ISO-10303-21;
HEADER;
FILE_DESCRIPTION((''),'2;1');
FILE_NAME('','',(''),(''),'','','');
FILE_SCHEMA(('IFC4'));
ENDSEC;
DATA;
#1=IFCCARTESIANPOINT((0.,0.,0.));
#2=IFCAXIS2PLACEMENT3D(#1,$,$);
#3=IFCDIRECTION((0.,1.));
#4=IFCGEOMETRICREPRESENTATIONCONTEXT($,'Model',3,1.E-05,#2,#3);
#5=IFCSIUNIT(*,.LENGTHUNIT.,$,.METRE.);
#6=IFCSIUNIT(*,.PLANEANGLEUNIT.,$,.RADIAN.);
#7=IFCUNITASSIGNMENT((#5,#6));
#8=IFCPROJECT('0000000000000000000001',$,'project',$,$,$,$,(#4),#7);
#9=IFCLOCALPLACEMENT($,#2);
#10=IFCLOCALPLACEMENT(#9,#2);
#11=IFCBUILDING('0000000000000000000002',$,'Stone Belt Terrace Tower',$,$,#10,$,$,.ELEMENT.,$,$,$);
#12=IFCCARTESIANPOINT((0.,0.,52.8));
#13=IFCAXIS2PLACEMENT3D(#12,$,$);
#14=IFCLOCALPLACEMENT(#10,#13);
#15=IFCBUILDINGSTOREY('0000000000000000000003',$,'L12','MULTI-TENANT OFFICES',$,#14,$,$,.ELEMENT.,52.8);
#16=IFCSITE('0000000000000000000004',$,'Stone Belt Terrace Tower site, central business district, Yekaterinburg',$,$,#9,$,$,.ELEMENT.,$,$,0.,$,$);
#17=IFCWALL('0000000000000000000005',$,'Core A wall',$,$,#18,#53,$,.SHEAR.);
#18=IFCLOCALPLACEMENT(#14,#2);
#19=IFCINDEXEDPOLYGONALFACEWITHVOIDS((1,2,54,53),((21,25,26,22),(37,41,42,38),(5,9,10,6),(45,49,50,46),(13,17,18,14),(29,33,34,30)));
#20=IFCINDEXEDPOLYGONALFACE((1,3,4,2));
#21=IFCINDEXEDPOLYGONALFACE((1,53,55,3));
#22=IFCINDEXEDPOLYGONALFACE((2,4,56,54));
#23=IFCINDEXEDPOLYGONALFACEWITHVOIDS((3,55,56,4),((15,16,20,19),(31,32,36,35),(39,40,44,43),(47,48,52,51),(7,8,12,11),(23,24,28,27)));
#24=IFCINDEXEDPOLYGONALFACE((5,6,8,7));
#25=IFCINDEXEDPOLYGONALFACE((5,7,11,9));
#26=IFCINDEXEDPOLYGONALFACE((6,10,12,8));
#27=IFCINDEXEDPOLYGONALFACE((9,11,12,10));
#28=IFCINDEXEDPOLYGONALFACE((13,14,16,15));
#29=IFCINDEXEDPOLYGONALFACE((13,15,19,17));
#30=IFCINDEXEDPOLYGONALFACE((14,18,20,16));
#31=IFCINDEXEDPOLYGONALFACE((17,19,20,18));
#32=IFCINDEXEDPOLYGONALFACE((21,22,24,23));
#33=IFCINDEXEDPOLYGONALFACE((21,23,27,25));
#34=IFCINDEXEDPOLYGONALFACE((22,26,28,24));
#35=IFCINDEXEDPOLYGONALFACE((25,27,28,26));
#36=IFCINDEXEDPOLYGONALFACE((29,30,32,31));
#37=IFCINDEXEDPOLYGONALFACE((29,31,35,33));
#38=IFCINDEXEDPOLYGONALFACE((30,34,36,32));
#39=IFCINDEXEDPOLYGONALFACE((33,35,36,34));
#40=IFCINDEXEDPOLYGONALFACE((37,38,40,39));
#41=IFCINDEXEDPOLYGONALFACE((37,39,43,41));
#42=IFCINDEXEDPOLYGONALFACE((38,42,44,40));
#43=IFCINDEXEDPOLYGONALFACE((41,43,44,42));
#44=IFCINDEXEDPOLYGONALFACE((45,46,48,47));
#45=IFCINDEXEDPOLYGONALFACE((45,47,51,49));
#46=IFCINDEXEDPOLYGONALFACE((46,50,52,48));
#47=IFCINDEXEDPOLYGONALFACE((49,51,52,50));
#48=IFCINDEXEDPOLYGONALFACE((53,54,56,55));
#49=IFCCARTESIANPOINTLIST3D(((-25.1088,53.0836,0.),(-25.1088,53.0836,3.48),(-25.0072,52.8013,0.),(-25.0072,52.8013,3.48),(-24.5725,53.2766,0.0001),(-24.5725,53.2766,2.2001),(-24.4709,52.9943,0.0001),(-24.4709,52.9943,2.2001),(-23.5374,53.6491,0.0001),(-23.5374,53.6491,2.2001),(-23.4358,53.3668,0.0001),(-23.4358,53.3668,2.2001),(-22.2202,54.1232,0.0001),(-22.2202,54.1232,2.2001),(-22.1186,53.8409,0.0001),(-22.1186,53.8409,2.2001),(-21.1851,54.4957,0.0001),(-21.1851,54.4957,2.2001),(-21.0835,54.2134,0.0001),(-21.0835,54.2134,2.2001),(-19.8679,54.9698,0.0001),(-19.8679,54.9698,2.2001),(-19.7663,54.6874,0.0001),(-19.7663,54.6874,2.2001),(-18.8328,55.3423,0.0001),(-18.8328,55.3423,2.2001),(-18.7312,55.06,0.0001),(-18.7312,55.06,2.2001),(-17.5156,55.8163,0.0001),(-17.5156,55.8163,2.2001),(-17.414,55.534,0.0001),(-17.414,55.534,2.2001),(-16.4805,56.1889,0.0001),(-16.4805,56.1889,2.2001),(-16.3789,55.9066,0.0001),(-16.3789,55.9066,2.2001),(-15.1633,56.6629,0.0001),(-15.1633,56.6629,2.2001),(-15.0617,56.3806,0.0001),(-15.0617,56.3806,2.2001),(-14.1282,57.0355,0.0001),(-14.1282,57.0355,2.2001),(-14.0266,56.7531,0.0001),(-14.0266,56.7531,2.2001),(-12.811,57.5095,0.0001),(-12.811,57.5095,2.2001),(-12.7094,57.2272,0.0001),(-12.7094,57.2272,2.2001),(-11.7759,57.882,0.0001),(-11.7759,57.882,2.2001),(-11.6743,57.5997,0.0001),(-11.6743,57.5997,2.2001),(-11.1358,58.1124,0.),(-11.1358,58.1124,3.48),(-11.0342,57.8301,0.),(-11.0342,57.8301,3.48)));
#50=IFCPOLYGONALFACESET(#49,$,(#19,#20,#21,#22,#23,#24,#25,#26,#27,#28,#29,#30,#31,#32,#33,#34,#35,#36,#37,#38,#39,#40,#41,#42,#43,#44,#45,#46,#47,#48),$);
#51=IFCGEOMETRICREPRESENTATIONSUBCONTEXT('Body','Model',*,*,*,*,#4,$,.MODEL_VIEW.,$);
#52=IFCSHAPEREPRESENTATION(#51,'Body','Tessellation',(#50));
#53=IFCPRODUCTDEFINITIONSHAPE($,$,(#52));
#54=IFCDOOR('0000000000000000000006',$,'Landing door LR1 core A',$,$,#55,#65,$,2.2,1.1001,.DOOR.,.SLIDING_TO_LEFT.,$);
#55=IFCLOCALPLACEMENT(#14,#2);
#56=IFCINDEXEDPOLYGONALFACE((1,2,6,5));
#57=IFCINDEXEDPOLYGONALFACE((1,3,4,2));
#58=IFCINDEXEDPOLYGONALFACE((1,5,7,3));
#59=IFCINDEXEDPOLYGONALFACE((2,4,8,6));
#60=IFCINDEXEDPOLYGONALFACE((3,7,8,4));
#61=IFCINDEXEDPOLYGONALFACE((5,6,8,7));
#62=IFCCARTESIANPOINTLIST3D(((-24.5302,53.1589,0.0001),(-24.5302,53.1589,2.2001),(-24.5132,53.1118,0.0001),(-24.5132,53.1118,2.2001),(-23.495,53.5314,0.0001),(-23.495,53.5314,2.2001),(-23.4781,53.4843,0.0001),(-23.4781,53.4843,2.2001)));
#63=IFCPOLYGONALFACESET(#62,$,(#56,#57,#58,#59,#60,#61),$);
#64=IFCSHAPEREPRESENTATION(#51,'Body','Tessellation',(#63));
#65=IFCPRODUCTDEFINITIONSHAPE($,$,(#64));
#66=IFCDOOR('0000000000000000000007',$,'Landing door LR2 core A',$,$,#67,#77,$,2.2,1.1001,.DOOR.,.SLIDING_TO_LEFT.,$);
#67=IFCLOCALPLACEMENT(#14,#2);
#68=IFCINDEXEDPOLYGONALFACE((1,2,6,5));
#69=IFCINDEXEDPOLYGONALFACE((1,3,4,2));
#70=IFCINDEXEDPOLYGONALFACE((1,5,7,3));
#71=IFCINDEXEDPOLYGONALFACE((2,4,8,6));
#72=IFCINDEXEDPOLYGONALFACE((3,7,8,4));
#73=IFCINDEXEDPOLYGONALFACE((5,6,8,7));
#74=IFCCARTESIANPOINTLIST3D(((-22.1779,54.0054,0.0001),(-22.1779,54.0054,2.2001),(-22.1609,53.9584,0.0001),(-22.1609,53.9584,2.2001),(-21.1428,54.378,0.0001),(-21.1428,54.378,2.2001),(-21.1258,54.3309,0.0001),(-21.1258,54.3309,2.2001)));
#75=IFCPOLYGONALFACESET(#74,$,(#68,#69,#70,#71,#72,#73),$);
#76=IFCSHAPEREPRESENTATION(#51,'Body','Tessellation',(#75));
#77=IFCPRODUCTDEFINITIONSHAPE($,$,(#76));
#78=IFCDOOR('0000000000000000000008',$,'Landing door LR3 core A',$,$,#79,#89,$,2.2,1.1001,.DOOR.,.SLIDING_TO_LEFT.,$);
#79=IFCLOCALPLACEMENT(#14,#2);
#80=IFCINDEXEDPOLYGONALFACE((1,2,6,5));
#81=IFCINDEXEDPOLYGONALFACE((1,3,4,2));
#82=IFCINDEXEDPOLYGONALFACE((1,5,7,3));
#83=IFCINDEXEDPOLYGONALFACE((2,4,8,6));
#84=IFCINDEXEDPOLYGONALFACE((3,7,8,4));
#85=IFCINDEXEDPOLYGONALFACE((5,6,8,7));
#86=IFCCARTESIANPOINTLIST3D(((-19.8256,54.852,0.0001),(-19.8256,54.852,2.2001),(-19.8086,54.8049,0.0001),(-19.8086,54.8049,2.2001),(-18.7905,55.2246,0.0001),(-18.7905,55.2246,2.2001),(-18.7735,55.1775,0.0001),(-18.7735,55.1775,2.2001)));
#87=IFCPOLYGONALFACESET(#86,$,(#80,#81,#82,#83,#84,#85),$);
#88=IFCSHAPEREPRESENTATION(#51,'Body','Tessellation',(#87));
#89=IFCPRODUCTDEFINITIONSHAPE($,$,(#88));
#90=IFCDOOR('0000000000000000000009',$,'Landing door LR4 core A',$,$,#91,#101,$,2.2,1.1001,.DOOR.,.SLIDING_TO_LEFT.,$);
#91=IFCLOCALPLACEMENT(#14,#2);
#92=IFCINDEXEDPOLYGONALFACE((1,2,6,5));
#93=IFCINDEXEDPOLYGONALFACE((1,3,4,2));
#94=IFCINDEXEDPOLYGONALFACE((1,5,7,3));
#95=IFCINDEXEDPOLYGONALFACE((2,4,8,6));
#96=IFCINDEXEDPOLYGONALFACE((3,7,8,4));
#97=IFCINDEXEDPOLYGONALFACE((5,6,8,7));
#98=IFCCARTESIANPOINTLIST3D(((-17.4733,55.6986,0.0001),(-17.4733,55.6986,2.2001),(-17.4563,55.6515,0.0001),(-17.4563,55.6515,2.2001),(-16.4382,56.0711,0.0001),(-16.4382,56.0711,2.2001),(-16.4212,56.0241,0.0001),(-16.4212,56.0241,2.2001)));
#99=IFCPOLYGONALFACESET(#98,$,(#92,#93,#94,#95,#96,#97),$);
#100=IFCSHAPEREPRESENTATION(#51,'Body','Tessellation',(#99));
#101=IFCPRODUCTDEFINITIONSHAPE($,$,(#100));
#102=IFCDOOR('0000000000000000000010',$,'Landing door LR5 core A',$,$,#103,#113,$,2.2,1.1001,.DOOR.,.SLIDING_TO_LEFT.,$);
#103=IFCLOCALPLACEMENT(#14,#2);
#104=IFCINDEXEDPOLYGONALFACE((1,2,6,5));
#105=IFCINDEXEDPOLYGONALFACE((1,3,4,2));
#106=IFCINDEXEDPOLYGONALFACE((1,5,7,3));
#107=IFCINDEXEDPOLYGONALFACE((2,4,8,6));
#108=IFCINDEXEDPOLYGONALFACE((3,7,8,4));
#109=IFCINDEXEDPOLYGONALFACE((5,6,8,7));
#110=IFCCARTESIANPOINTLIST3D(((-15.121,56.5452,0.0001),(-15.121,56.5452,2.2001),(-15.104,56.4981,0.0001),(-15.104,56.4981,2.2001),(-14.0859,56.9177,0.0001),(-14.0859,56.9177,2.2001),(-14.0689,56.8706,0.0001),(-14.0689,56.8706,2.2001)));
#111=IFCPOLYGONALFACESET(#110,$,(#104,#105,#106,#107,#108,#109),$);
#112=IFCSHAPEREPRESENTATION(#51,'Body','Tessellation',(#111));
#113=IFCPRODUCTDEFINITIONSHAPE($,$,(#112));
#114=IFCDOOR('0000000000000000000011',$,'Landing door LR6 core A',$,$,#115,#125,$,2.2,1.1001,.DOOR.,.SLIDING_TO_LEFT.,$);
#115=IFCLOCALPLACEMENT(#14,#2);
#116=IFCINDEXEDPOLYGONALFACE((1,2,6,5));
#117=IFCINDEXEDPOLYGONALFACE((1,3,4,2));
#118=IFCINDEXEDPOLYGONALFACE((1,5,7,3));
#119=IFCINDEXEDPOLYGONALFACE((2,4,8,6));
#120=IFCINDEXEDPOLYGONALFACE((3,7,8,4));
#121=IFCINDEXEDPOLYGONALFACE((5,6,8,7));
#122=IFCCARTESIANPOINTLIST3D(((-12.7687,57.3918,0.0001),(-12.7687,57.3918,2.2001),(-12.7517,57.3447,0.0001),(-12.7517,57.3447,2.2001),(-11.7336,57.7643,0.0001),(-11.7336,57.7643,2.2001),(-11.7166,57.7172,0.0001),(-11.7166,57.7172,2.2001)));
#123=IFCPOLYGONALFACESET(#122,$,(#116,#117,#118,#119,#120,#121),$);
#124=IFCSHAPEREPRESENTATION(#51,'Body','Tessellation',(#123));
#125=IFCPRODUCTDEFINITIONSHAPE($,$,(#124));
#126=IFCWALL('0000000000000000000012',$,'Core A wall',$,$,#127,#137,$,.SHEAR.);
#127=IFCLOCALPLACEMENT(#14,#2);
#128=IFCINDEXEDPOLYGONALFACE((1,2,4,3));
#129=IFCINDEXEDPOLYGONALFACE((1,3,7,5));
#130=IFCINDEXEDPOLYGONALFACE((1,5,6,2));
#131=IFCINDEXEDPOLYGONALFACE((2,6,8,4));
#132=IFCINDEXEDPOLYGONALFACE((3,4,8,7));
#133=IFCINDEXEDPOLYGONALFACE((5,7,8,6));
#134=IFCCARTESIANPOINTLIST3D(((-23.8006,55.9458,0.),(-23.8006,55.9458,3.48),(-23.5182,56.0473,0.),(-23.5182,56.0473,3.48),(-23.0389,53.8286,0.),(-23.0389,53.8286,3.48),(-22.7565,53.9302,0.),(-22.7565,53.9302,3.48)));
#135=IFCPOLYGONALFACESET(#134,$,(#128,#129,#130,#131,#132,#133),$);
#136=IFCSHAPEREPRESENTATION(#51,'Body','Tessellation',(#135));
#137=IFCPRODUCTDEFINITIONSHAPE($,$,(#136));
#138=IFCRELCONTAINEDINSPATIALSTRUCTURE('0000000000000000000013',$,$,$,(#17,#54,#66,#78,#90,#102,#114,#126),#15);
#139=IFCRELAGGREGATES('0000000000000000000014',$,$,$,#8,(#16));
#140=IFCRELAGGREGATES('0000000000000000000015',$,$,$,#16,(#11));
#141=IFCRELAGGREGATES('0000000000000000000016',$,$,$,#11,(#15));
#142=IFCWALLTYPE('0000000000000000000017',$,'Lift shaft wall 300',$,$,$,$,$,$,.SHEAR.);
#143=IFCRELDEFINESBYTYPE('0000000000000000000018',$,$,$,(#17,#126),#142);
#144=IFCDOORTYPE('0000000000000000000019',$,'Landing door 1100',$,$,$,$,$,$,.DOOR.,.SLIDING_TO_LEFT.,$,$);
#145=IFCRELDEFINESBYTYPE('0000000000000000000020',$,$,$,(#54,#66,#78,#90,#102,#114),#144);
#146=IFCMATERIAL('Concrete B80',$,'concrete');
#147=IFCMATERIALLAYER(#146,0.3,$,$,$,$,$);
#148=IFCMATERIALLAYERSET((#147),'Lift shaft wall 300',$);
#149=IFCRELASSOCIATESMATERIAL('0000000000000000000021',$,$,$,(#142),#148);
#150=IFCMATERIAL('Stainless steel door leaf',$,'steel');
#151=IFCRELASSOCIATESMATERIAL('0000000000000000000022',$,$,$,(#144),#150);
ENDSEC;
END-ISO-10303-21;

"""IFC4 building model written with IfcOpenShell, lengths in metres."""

from ifc_helpers import new_model, si_unit, direction, frame, frame_2d, origin, place, context, subcontext, project, spatial, rectangle, extrude, material, layer, layer_set, type_object, element, fill, save


model = new_model("IFC4")

# Units and contexts
model_context = context("Model", 3, precision=1e-05, world=origin(), true_north=direction((0.0, 1.0)))
body_context = subcontext(model_context, "Body", "Model", "MODEL_VIEW")
ifc_project = project(units=[si_unit("LENGTHUNIT", "METRE"), si_unit("PLANEANGLEUNIT", "RADIAN")], contexts=[model_context])

# Site, building, storey
site_placement = place(None, origin())
site = spatial("IfcSite", under=ifc_project, at=site_placement, Name="Stone Belt Terrace Tower site, central business district, Yekaterinburg", CompositionType="ELEMENT", RefElevation=0.0)
building_placement = place(site_placement, origin())
building = spatial("IfcBuilding", under=site, at=building_placement, Name="Stone Belt Terrace Tower", CompositionType="ELEMENT")
storey_placement = place(building_placement, frame((0.0, 0.0, 52.8)))
storey = spatial("IfcBuildingStorey", under=building, at=storey_placement, Name="L12", Description="MULTI-TENANT OFFICES", CompositionType="ELEMENT", Elevation=52.8)

# Shared definitions
ifc_material_1 = material(Name="Concrete B80", Category="concrete")

# Shared definitions
ifc_layer_1 = layer(ifc_material_1, 0.3)
ifc_layer_set_1 = layer_set([ifc_layer_1], Name="Lift shaft wall 300")
wall_type_1 = type_object("IfcWallType", Name="Lift shaft wall 300", PredefinedType="SHEAR", material=ifc_layer_set_1)
ifc_material_2 = material(Name="Stainless steel door leaf", Category="steel")

# Wall, openings, doors
wall_1_placement = place(storey_placement, frame((-25.0581, 52.9424, 0.0), z_axis=(0.0, 0.0, 1.0), x_axis=(0.940918, 0.338634, 0.0)))
wall_1 = element("IfcWall", 1, at=wall_1_placement, inside=storey, type_object=wall_type_1, Name="Core A wall", PredefinedType="SHEAR", context=body_context, shape_type="SweptSolid", body=[
    extrude(rectangle(XDim=14.8503, YDim=0.3, at=frame_2d((7.4253, 0.0))), origin(), (0.0, 0.0, 1.0), 3.48),
])
opening_1_placement = place(wall_1_placement, frame((0.5701, 0.0, 0.0)))
opening_1 = element("IfcOpeningElement", 2, at=opening_1_placement, cuts=wall_1, PredefinedType="OPENING", context=body_context, shape_type="SweptSolid", body=[
    extrude(rectangle(XDim=1.1001, YDim=2.2, at=frame_2d((0.55, 1.1001))), frame((0.0, 0.1599, 0.0), z_axis=(0.0, -1.0, 0.0), x_axis=(1.0, 0.0, 0.0)), (0.0, 0.0, 1.0), 0.3201),
])
opening_2_placement = place(wall_1_placement, frame((3.0701, 0.0, 0.0)))
opening_2 = element("IfcOpeningElement", 3, at=opening_2_placement, cuts=wall_1, PredefinedType="OPENING", context=body_context, shape_type="SweptSolid", body=[
    extrude(rectangle(XDim=1.1001, YDim=2.2, at=frame_2d((0.55, 1.1001))), frame((0.0, 0.1599, 0.0), z_axis=(0.0, -1.0, 0.0), x_axis=(1.0, 0.0, 0.0)), (0.0, 0.0, 1.0), 0.3201),
])
opening_3_placement = place(wall_1_placement, frame((5.5701, 0.0, 0.0)))
opening_3 = element("IfcOpeningElement", 4, at=opening_3_placement, cuts=wall_1, PredefinedType="OPENING", context=body_context, shape_type="SweptSolid", body=[
    extrude(rectangle(XDim=1.1001, YDim=2.2, at=frame_2d((0.55, 1.1001))), frame((0.0, 0.1599, 0.0), z_axis=(0.0, -1.0, 0.0), x_axis=(1.0, 0.0, 0.0)), (0.0, 0.0, 1.0), 0.3201),
])
opening_4_placement = place(wall_1_placement, frame((8.0701, 0.0, 0.0)))
opening_4 = element("IfcOpeningElement", 5, at=opening_4_placement, cuts=wall_1, PredefinedType="OPENING", context=body_context, shape_type="SweptSolid", body=[
    extrude(rectangle(XDim=1.1001, YDim=2.2, at=frame_2d((0.55, 1.1001))), frame((0.0, 0.1599, 0.0), z_axis=(0.0, -1.0, 0.0), x_axis=(1.0, 0.0, 0.0)), (0.0, 0.0, 1.0), 0.3201),
])
opening_5_placement = place(wall_1_placement, frame((10.5701, 0.0, 0.0)))
opening_5 = element("IfcOpeningElement", 6, at=opening_5_placement, cuts=wall_1, PredefinedType="OPENING", context=body_context, shape_type="SweptSolid", body=[
    extrude(rectangle(XDim=1.1001, YDim=2.2, at=frame_2d((0.55, 1.1001))), frame((0.0, 0.1599, 0.0), z_axis=(0.0, -1.0, 0.0), x_axis=(1.0, 0.0, 0.0)), (0.0, 0.0, 1.0), 0.3201),
])
opening_6_placement = place(wall_1_placement, frame((13.0701, 0.0, 0.0)))
opening_6 = element("IfcOpeningElement", 7, at=opening_6_placement, cuts=wall_1, PredefinedType="OPENING", context=body_context, shape_type="SweptSolid", body=[
    extrude(rectangle(XDim=1.1001, YDim=2.2, at=frame_2d((0.55, 1.1001))), frame((0.0, 0.1599, 0.0), z_axis=(0.0, -1.0, 0.0), x_axis=(1.0, 0.0, 0.0)), (0.0, 0.0, 1.0), 0.3201),
])
door_type_1 = type_object("IfcDoorType", Name="Landing door 1100", OperationType="SLIDING_TO_LEFT", PredefinedType="DOOR", material=ifc_material_2)
door_1_placement = place(opening_1_placement, origin())
door_1 = element("IfcDoor", 8, at=door_1_placement, inside=storey, type_object=door_type_1, Name="Landing door LR1 core A", OperationType="SLIDING_TO_LEFT", OverallHeight=2.2, OverallWidth=1.1001, PredefinedType="DOOR", context=body_context, shape_type="SweptSolid", body=[
    extrude(rectangle(XDim=1.1001, YDim=2.2, at=frame_2d((0.55, 1.1001))), frame((0.0, 0.0249, 0.0), z_axis=(0.0, -1.0, 0.0), x_axis=(1.0, 0.0, 0.0)), (0.0, 0.0, 1.0), 0.05),
])
fill(opening_1, door_1)
door_2_placement = place(opening_2_placement, origin())
door_2 = element("IfcDoor", 9, at=door_2_placement, inside=storey, type_object=door_type_1, Name="Landing door LR2 core A", OperationType="SLIDING_TO_LEFT", OverallHeight=2.2, OverallWidth=1.1001, PredefinedType="DOOR", context=body_context, shape_type="SweptSolid", body=[
    extrude(rectangle(XDim=1.1001, YDim=2.2, at=frame_2d((0.55, 1.1001))), frame((0.0, 0.0249, 0.0), z_axis=(0.0, -1.0, 0.0), x_axis=(1.0, 0.0, 0.0)), (0.0, 0.0, 1.0), 0.05),
])
fill(opening_2, door_2)
door_3_placement = place(opening_3_placement, origin())
door_3 = element("IfcDoor", 10, at=door_3_placement, inside=storey, type_object=door_type_1, Name="Landing door LR3 core A", OperationType="SLIDING_TO_LEFT", OverallHeight=2.2, OverallWidth=1.1001, PredefinedType="DOOR", context=body_context, shape_type="SweptSolid", body=[
    extrude(rectangle(XDim=1.1001, YDim=2.2, at=frame_2d((0.55, 1.1001))), frame((0.0, 0.0249, 0.0), z_axis=(0.0, -1.0, 0.0), x_axis=(1.0, 0.0, 0.0)), (0.0, 0.0, 1.0), 0.05),
])
fill(opening_3, door_3)
door_4_placement = place(opening_4_placement, origin())
door_4 = element("IfcDoor", 11, at=door_4_placement, inside=storey, type_object=door_type_1, Name="Landing door LR4 core A", OperationType="SLIDING_TO_LEFT", OverallHeight=2.2, OverallWidth=1.1001, PredefinedType="DOOR", context=body_context, shape_type="SweptSolid", body=[
    extrude(rectangle(XDim=1.1001, YDim=2.2, at=frame_2d((0.55, 1.1001))), frame((0.0, 0.0249, 0.0), z_axis=(0.0, -1.0, 0.0), x_axis=(1.0, 0.0, 0.0)), (0.0, 0.0, 1.0), 0.05),
])
fill(opening_4, door_4)
door_5_placement = place(opening_5_placement, origin())
door_5 = element("IfcDoor", 12, at=door_5_placement, inside=storey, type_object=door_type_1, Name="Landing door LR5 core A", OperationType="SLIDING_TO_LEFT", OverallHeight=2.2, OverallWidth=1.1001, PredefinedType="DOOR", context=body_context, shape_type="SweptSolid", body=[
    extrude(rectangle(XDim=1.1001, YDim=2.2, at=frame_2d((0.55, 1.1001))), frame((0.0, 0.0249, 0.0), z_axis=(0.0, -1.0, 0.0), x_axis=(1.0, 0.0, 0.0)), (0.0, 0.0, 1.0), 0.05),
])
fill(opening_5, door_5)
door_6_placement = place(opening_6_placement, origin())
door_6 = element("IfcDoor", 13, at=door_6_placement, inside=storey, type_object=door_type_1, Name="Landing door LR6 core A", OperationType="SLIDING_TO_LEFT", OverallHeight=2.2, OverallWidth=1.1001, PredefinedType="DOOR", context=body_context, shape_type="SweptSolid", body=[
    extrude(rectangle(XDim=1.1001, YDim=2.2, at=frame_2d((0.55, 1.1001))), frame((0.0, 0.0249, 0.0), z_axis=(0.0, -1.0, 0.0), x_axis=(1.0, 0.0, 0.0)), (0.0, 0.0, 1.0), 0.05),
])
fill(opening_6, door_6)

# Wall
wall_2_placement = place(storey_placement, frame((-22.8977, 53.8794, 0.0), z_axis=(0.0, 0.0, 1.0), x_axis=(-0.338535, 0.940954, 0.0)))
element("IfcWall", 14, at=wall_2_placement, inside=storey, type_object=wall_type_1, Name="Core A wall", PredefinedType="SHEAR", context=body_context, shape_type="SweptSolid", body=[
    extrude(rectangle(XDim=2.25, YDim=0.3, at=frame_2d((1.125, 0.0))), origin(), (0.0, 0.0, 1.0), 3.48),
])

save(model, "model.ifc")
